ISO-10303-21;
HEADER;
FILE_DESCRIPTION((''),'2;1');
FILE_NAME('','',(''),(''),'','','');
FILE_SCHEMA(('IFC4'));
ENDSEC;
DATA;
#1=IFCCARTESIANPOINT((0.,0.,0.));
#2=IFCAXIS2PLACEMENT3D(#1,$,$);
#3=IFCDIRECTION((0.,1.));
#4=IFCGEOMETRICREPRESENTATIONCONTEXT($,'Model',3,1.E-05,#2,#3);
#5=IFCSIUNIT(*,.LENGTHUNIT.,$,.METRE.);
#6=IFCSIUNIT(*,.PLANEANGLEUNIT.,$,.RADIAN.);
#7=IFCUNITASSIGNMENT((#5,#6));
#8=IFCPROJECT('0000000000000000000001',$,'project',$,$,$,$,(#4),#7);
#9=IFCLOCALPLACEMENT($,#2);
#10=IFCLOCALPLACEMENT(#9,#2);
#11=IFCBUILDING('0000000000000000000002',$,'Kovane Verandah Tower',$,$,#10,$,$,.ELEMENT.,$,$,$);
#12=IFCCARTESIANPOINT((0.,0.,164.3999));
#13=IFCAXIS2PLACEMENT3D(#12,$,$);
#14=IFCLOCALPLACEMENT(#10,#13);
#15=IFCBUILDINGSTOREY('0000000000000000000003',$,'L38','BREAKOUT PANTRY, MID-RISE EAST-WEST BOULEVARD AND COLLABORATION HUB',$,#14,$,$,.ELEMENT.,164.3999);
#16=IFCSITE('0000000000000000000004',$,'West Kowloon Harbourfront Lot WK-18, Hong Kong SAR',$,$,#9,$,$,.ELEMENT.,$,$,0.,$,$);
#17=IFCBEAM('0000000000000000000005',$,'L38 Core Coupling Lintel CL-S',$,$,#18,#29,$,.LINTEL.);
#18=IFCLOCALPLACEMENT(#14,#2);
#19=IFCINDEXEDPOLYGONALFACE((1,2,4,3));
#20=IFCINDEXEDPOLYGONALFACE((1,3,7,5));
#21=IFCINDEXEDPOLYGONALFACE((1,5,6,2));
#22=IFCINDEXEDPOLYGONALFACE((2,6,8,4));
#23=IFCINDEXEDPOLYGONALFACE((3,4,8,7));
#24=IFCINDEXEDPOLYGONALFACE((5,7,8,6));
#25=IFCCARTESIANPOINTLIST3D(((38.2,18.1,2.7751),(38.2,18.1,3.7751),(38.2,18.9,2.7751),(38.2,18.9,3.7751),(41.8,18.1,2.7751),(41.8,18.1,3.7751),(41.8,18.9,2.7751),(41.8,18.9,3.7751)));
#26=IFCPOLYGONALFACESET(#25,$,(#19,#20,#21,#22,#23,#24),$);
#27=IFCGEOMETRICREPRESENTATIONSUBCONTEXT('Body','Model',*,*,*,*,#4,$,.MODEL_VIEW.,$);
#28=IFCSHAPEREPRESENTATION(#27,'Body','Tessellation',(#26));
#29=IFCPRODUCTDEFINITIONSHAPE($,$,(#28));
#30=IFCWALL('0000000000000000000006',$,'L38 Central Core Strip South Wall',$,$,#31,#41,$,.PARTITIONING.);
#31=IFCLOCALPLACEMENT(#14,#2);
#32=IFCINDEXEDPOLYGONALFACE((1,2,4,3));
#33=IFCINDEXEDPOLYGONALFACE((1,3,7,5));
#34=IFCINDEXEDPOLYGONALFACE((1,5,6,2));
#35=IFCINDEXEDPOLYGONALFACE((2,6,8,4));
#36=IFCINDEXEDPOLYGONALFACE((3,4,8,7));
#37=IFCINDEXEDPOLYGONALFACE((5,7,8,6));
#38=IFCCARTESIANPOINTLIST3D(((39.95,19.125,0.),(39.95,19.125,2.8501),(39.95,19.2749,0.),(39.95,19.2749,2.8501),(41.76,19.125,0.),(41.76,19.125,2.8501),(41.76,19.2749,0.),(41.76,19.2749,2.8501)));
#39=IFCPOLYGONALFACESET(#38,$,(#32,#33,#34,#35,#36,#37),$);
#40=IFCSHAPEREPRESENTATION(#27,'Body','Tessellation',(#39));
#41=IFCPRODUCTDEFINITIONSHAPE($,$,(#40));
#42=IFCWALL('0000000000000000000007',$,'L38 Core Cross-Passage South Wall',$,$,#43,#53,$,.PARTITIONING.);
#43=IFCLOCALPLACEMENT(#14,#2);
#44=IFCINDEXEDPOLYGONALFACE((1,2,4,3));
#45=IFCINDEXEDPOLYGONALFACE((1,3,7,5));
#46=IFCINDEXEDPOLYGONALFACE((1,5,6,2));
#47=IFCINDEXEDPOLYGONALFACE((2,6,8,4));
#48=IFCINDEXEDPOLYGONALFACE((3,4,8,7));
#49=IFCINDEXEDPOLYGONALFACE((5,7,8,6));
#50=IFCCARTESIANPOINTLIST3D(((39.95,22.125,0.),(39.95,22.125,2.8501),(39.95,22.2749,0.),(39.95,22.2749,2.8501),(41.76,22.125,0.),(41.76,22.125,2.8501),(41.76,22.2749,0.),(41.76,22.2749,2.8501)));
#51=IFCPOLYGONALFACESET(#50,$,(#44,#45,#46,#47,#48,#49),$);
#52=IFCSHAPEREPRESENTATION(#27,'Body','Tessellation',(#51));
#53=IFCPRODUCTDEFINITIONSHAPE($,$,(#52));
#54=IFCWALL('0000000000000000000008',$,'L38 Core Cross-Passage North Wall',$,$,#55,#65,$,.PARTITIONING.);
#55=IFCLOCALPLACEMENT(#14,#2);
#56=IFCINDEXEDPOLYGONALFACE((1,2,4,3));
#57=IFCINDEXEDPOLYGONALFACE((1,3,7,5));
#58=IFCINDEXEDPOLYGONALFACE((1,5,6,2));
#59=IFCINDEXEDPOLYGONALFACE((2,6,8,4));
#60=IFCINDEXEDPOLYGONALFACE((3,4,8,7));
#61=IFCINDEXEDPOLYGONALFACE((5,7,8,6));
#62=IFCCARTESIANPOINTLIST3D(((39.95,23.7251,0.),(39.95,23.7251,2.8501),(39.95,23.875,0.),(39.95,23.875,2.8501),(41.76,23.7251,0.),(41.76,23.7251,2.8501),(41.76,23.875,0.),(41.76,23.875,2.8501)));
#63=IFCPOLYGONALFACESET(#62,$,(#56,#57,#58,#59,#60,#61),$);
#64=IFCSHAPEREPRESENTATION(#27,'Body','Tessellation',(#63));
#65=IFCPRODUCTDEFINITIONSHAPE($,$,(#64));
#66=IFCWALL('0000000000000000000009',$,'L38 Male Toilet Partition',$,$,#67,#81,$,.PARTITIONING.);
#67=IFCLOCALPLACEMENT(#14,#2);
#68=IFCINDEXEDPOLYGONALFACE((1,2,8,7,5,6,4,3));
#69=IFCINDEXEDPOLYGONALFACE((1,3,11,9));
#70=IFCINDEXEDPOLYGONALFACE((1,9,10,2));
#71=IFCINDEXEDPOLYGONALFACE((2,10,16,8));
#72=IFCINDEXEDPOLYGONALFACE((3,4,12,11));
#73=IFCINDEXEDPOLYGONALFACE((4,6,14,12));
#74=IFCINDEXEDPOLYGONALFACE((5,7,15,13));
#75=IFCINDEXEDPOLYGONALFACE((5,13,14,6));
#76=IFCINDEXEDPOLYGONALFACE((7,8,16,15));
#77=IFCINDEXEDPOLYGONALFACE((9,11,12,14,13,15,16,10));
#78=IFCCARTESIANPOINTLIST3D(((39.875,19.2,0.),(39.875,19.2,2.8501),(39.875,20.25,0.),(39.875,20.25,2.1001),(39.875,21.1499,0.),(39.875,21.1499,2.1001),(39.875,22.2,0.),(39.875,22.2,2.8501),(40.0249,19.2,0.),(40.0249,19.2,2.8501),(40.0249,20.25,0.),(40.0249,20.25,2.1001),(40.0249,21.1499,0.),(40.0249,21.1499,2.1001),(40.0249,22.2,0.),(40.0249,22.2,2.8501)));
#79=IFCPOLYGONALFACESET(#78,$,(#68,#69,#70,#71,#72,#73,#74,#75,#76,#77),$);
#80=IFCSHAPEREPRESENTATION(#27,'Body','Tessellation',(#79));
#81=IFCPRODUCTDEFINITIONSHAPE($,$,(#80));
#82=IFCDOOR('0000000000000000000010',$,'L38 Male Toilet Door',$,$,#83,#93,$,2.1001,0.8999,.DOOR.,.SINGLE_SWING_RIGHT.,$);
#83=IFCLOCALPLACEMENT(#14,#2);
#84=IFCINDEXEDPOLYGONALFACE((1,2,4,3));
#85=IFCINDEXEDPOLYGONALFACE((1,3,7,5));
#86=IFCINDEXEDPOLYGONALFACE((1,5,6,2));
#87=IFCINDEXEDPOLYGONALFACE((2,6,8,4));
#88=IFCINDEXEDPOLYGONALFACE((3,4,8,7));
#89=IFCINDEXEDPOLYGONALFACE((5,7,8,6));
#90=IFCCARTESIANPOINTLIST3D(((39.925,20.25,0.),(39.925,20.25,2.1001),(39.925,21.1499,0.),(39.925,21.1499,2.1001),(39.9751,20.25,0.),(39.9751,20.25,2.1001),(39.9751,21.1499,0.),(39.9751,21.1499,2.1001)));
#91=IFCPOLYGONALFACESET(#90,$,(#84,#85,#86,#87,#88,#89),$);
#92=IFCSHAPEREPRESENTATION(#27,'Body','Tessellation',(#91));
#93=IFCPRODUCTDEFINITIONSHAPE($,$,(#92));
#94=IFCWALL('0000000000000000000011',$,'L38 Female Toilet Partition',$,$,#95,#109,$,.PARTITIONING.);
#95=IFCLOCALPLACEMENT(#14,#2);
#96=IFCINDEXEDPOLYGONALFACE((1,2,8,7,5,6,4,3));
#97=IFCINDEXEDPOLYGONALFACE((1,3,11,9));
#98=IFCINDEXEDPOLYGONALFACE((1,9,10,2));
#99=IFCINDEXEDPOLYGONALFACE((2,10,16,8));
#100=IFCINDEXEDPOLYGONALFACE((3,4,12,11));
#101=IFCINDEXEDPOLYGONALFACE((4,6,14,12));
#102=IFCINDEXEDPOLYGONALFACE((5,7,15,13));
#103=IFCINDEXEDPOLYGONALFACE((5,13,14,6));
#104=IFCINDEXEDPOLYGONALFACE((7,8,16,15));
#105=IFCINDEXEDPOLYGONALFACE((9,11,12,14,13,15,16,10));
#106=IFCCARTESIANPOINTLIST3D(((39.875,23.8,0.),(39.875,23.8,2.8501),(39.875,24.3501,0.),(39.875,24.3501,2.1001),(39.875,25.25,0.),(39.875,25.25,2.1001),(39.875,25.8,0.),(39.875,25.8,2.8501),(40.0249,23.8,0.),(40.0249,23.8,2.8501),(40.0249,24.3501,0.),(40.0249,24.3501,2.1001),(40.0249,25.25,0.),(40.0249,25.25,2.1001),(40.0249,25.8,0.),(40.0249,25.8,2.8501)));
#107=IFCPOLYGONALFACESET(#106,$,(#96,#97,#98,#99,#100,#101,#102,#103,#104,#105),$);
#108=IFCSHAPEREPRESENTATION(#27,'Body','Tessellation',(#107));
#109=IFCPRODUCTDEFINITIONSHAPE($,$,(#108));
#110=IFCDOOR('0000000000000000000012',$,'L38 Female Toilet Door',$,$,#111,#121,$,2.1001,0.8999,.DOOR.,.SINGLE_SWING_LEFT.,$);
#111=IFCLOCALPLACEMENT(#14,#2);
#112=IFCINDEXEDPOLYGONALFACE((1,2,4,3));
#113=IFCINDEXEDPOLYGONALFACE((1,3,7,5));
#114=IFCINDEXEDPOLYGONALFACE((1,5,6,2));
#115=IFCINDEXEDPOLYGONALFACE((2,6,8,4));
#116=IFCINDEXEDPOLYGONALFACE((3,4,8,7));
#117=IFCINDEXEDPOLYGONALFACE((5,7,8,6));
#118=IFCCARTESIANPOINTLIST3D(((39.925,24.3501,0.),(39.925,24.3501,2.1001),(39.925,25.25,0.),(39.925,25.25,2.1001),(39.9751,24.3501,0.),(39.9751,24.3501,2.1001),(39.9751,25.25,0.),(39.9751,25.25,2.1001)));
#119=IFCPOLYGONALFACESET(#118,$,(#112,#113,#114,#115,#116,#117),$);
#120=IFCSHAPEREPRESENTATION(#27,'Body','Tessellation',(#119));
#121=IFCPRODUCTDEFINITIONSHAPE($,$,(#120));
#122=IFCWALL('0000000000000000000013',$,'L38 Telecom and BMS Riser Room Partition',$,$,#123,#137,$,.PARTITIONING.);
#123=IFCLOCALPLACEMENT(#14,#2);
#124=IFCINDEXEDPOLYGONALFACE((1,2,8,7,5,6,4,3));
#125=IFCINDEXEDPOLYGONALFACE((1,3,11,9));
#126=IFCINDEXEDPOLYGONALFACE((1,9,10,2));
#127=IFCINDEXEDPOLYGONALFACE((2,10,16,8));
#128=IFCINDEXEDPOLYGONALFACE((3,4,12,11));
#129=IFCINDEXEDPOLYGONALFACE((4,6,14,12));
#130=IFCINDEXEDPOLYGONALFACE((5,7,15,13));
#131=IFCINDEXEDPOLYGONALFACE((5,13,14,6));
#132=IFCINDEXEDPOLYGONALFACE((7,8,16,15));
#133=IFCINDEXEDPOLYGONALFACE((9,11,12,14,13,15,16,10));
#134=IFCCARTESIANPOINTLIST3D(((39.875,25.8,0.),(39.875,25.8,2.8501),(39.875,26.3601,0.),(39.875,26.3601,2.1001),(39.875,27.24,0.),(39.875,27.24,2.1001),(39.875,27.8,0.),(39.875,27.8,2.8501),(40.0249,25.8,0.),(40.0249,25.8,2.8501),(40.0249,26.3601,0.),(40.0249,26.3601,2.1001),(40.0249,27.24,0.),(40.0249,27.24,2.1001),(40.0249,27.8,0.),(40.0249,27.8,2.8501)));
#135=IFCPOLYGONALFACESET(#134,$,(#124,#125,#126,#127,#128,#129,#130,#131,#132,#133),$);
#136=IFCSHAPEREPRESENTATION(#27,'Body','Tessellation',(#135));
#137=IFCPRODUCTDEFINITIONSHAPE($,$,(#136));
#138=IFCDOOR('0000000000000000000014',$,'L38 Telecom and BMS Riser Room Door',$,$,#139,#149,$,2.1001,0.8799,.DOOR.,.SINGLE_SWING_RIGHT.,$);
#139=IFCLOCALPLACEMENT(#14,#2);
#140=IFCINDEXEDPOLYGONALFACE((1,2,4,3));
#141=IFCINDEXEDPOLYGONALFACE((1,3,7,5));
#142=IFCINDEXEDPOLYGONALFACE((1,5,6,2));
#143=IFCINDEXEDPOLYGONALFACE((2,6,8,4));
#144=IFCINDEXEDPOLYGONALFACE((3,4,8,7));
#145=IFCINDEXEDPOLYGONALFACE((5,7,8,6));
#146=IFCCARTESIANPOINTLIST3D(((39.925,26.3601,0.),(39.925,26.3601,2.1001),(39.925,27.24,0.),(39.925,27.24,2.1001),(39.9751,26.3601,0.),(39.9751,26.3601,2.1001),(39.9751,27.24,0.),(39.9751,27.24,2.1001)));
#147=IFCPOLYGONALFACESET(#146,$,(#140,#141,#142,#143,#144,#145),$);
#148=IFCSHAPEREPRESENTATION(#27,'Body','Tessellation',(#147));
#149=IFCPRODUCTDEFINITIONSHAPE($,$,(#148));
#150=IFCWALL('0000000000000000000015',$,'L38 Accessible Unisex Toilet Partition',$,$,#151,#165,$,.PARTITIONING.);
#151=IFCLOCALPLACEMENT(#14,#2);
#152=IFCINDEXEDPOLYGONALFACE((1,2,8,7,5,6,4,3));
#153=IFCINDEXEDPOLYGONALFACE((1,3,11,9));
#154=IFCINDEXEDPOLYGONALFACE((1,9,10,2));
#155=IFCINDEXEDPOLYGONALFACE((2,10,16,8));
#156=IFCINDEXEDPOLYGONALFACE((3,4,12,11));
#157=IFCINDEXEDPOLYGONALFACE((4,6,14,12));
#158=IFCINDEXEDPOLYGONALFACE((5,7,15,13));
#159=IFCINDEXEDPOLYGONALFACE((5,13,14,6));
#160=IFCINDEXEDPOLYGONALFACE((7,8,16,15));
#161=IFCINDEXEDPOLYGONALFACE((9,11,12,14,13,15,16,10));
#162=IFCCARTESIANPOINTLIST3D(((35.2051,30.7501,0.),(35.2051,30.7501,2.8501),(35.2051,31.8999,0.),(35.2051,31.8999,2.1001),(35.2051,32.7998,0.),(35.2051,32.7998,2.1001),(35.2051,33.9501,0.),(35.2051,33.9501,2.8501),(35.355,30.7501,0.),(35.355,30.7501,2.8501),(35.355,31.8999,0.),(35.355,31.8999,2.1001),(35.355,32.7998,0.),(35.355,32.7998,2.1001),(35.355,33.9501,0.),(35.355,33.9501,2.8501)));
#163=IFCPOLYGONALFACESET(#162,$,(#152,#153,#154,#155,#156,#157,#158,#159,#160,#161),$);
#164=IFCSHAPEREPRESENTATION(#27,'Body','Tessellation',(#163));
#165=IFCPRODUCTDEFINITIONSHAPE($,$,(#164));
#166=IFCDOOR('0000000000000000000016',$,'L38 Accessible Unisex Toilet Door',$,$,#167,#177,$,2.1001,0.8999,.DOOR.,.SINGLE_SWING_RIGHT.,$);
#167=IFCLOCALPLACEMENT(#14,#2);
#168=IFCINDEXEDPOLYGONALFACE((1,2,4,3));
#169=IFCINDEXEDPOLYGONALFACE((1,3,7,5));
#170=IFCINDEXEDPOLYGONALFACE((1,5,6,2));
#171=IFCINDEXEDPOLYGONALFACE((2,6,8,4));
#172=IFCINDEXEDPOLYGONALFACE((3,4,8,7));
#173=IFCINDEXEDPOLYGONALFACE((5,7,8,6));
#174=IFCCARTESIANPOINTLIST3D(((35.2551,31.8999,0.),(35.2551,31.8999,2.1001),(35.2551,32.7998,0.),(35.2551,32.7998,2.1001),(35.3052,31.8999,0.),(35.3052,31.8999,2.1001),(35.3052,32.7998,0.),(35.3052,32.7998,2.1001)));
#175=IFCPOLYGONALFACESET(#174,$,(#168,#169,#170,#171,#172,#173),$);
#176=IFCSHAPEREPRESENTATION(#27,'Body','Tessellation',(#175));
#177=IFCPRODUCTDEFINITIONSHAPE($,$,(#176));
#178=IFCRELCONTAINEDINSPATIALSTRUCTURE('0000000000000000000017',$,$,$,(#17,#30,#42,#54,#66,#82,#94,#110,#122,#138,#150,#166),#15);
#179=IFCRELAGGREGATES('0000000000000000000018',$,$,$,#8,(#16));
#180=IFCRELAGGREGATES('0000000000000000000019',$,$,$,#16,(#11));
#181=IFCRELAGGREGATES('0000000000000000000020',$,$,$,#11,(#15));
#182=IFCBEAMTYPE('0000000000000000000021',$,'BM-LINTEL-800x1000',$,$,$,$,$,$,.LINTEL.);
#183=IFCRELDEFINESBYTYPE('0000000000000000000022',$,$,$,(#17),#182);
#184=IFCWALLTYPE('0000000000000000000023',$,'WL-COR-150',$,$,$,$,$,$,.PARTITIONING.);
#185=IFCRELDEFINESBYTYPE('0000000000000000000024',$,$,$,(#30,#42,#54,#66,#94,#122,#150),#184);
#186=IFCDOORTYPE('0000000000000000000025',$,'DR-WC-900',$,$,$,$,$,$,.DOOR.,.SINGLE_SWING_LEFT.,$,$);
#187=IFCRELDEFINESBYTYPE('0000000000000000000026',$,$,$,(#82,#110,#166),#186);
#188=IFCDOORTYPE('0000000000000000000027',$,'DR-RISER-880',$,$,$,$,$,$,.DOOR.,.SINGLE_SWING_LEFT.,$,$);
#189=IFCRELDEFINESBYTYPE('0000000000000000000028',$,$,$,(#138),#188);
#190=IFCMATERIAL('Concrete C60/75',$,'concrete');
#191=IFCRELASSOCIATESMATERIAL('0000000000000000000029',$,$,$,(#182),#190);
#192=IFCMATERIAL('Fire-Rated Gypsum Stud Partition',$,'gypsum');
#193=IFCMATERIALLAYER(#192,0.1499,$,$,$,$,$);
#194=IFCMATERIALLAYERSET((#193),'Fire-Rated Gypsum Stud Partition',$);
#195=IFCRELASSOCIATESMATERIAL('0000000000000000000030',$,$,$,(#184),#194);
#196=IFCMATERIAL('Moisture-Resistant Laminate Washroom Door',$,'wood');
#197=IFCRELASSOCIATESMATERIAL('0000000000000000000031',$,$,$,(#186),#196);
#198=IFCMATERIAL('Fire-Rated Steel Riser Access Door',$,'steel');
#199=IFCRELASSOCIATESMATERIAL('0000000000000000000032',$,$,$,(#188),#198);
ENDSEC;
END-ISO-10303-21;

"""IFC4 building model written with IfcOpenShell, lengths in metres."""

from ifc_helpers import new_model, si_unit, direction, frame, frame_2d, origin, origin_2d, place, context, subcontext, project, spatial, rectangle, extrude, material, layer, layer_set, material_profile, profile_set, type_object, element, fill, save


model = new_model("IFC4")

# Units and contexts
model_context = context("Model", 3, precision=1e-05, world=origin(), true_north=direction((0.0, 1.0)))
body_context = subcontext(model_context, "Body", "Model", "MODEL_VIEW")
ifc_project = project(units=[si_unit("LENGTHUNIT", "METRE"), si_unit("PLANEANGLEUNIT", "RADIAN")], contexts=[model_context])

# Site, building, storey
site_placement = place(None, origin())
site = spatial("IfcSite", under=ifc_project, at=site_placement, Name="West Kowloon Harbourfront Lot WK-18, Hong Kong SAR", CompositionType="ELEMENT", RefElevation=0.0)
building_placement = place(site_placement, origin())
building = spatial("IfcBuilding", under=site, at=building_placement, Name="Kovane Verandah Tower", CompositionType="ELEMENT")
storey_placement = place(building_placement, frame((0.0, 0.0, 164.3999)))
storey = spatial("IfcBuildingStorey", under=building, at=storey_placement, Name="L38", Description="BREAKOUT PANTRY, MID-RISE EAST-WEST BOULEVARD AND COLLABORATION HUB", CompositionType="ELEMENT", Elevation=164.3999)

# Beam
ifc_material_1 = material(Name="Concrete C60/75", Category="concrete")
ifc_material_profile = material_profile(ifc_material_1, rectangle(XDim=0.8, YDim=1.0, at=origin_2d()), Name="RCB800x1000")
ifc_profile_set = profile_set([ifc_material_profile], Name="Concrete C60/75")
beam_type = type_object("IfcBeamType", Name="BM-LINTEL-800x1000", PredefinedType="LINTEL", material=ifc_profile_set)
beam_placement = place(storey_placement, frame((38.2, 18.5, 3.2751), z_axis=(1.0, 0.0, 0.0), x_axis=(0.0, 1.0, 0.0)))
element("IfcBeam", 1, at=beam_placement, inside=storey, type_object=beam_type, Name="L38 Core Coupling Lintel CL-S", PredefinedType="LINTEL", context=body_context, shape_type="SweptSolid", body=[
    extrude(rectangle(XDim=0.8, YDim=1.0, at=origin_2d()), origin(), (0.0, 0.0, 1.0), 3.6001),
])

# Walls
ifc_material_2 = material(Name="Fire-Rated Gypsum Stud Partition", Category="gypsum")
ifc_layer_1 = layer(ifc_material_2, 0.1499)
ifc_layer_set_1 = layer_set([ifc_layer_1], Name="Fire-Rated Gypsum Stud Partition")
wall_type_1 = type_object("IfcWallType", Name="WL-COR-150", PredefinedType="PARTITIONING", material=ifc_layer_set_1)
for number, where, z_axis, x_axis, name in (
    (2, (39.95, 19.2, 0.0), (0.0, 0.0, 1.0), (1.0, 0.0, 0.0), "L38 Central Core Strip South Wall"),
    (3, (39.95, 22.2, 0.0), (0.0, 0.0, 1.0), (1.0, 0.0, 0.0), "L38 Core Cross-Passage South Wall"),
    (4, (39.95, 23.8, 0.0), (0.0, 0.0, 1.0), (1.0, 0.0, 0.0), "L38 Core Cross-Passage North Wall"),
):
    element("IfcWall", number, at=place(storey_placement, frame(where, z_axis=z_axis, x_axis=x_axis)), inside=storey, type_object=wall_type_1, Name=name, PredefinedType="PARTITIONING", context=body_context, shape_type="SweptSolid", body=[
        extrude(rectangle(XDim=1.8101, YDim=0.1499, at=frame_2d((0.905, 0.0))), origin(), (0.0, 0.0, 1.0), 2.8501),
    ])

# Walls, openings, doors
wall_1_placement = place(storey_placement, frame((39.95, 19.2, 0.0), z_axis=(0.0, 0.0, 1.0), x_axis=(0.0, 1.0, 0.0)))
wall_1 = element("IfcWall", 5, at=wall_1_placement, inside=storey, type_object=wall_type_1, Name="L38 Male Toilet Partition", PredefinedType="PARTITIONING", context=body_context, shape_type="SweptSolid", body=[
    extrude(rectangle(XDim=3.0, YDim=0.1499, at=frame_2d((1.5, 0.0))), origin(), (0.0, 0.0, 1.0), 2.8501),
])
opening_1_placement = place(wall_1_placement, frame((1.05, 0.0, 0.0)))
opening_1 = element("IfcOpeningElement", 6, at=opening_1_placement, cuts=wall_1, PredefinedType="OPENING", context=body_context, shape_type="SweptSolid", body=[
    extrude(rectangle(XDim=0.8999, YDim=2.1001, at=frame_2d((0.45, 1.05))), frame((0.0, 0.075, 0.0), z_axis=(0.0, -1.0, 0.0), x_axis=(1.0, 0.0, 0.0)), (0.0, 0.0, 1.0), 0.1499),
])
ifc_material_3 = material(Name="Moisture-Resistant Laminate Washroom Door", Category="wood")
door_type_1 = type_object("IfcDoorType", Name="DR-WC-900", OperationType="SINGLE_SWING_LEFT", PredefinedType="DOOR", material=ifc_material_3)
door_1_placement = place(opening_1_placement, origin())
door_1 = element("IfcDoor", 7, at=door_1_placement, inside=storey, type_object=door_type_1, Name="L38 Male Toilet Door", OperationType="SINGLE_SWING_RIGHT", OverallHeight=2.1001, OverallWidth=0.8999, PredefinedType="DOOR", context=body_context, shape_type="SweptSolid", body=[
    extrude(rectangle(XDim=0.8999, YDim=2.1001, at=frame_2d((0.45, 1.05))), frame((0.0, 0.0249, 0.0), z_axis=(0.0, -1.0, 0.0), x_axis=(1.0, 0.0, 0.0)), (0.0, 0.0, 1.0), 0.05),
])
fill(opening_1, door_1)
wall_2_placement = place(storey_placement, frame((39.95, 23.8, 0.0), z_axis=(0.0, 0.0, 1.0), x_axis=(0.0, 1.0, 0.0)))
wall_2 = element("IfcWall", 8, at=wall_2_placement, inside=storey, type_object=wall_type_1, Name="L38 Female Toilet Partition", PredefinedType="PARTITIONING", context=body_context, shape_type="SweptSolid", body=[
    extrude(rectangle(XDim=2.0, YDim=0.1499, at=frame_2d((1.0, 0.0))), origin(), (0.0, 0.0, 1.0), 2.8501),
])
opening_2_placement = place(wall_2_placement, frame((0.55, 0.0, 0.0)))
opening_2 = element("IfcOpeningElement", 9, at=opening_2_placement, cuts=wall_2, PredefinedType="OPENING", context=body_context, shape_type="SweptSolid", body=[
    extrude(rectangle(XDim=0.8999, YDim=2.1001, at=frame_2d((0.45, 1.05))), frame((0.0, 0.075, 0.0), z_axis=(0.0, -1.0, 0.0), x_axis=(1.0, 0.0, 0.0)), (0.0, 0.0, 1.0), 0.1499),
])
door_2_placement = place(opening_2_placement, origin())
door_2 = element("IfcDoor", 10, at=door_2_placement, inside=storey, type_object=door_type_1, Name="L38 Female Toilet Door", OperationType="SINGLE_SWING_LEFT", OverallHeight=2.1001, OverallWidth=0.8999, PredefinedType="DOOR", context=body_context, shape_type="SweptSolid", body=[
    extrude(rectangle(XDim=0.8999, YDim=2.1001, at=frame_2d((0.45, 1.05))), frame((0.0, 0.0249, 0.0), z_axis=(0.0, -1.0, 0.0), x_axis=(1.0, 0.0, 0.0)), (0.0, 0.0, 1.0), 0.05),
])
fill(opening_2, door_2)
wall_3_placement = place(storey_placement, frame((39.95, 25.8, 0.0), z_axis=(0.0, 0.0, 1.0), x_axis=(0.0, 1.0, 0.0)))
wall_3 = element("IfcWall", 11, at=wall_3_placement, inside=storey, type_object=wall_type_1, Name="L38 Telecom and BMS Riser Room Partition", PredefinedType="PARTITIONING", context=body_context, shape_type="SweptSolid", body=[
    extrude(rectangle(XDim=2.0, YDim=0.1499, at=frame_2d((1.0, 0.0))), origin(), (0.0, 0.0, 1.0), 2.8501),
])
opening_3_placement = place(wall_3_placement, frame((0.5601, 0.0, 0.0)))
opening_3 = element("IfcOpeningElement", 12, at=opening_3_placement, cuts=wall_3, PredefinedType="OPENING", context=body_context, shape_type="SweptSolid", body=[
    extrude(rectangle(XDim=0.8799, YDim=2.1001, at=frame_2d((0.4399, 1.05))), frame((0.0, 0.075, 0.0), z_axis=(0.0, -1.0, 0.0), x_axis=(1.0, 0.0, 0.0)), (0.0, 0.0, 1.0), 0.1499),
])
ifc_material_4 = material(Name="Fire-Rated Steel Riser Access Door", Category="steel")
door_type_2 = type_object("IfcDoorType", Name="DR-RISER-880", OperationType="SINGLE_SWING_LEFT", PredefinedType="DOOR", material=ifc_material_4)
door_3_placement = place(opening_3_placement, origin())
door_3 = element("IfcDoor", 13, at=door_3_placement, inside=storey, type_object=door_type_2, Name="L38 Telecom and BMS Riser Room Door", OperationType="SINGLE_SWING_RIGHT", OverallHeight=2.1001, OverallWidth=0.8799, PredefinedType="DOOR", context=body_context, shape_type="SweptSolid", body=[
    extrude(rectangle(XDim=0.8799, YDim=2.1001, at=frame_2d((0.4399, 1.05))), frame((0.0, 0.0249, 0.0), z_axis=(0.0, -1.0, 0.0), x_axis=(1.0, 0.0, 0.0)), (0.0, 0.0, 1.0), 0.05),
])
fill(opening_3, door_3)
wall_4_placement = place(storey_placement, frame((35.28, 30.75, 0.0), z_axis=(0.0, 0.0, 1.0), x_axis=(0.0, 1.0, 0.0)))
wall_4 = element("IfcWall", 14, at=wall_4_placement, inside=storey, type_object=wall_type_1, Name="L38 Accessible Unisex Toilet Partition", PredefinedType="PARTITIONING", context=body_context, shape_type="SweptSolid", body=[
    extrude(rectangle(XDim=3.2, YDim=0.1499, at=frame_2d((1.6001, 0.0))), origin(), (0.0, 0.0, 1.0), 2.8501),
])
opening_4_placement = place(wall_4_placement, frame((1.1499, 0.0, 0.0)))
opening_4 = element("IfcOpeningElement", 15, at=opening_4_placement, cuts=wall_4, PredefinedType="OPENING", context=body_context, shape_type="SweptSolid", body=[
    extrude(rectangle(XDim=0.8999, YDim=2.1001, at=frame_2d((0.45, 1.05))), frame((0.0, 0.075, 0.0), z_axis=(0.0, -1.0, 0.0), x_axis=(1.0, 0.0, 0.0)), (0.0, 0.0, 1.0), 0.1499),
])
door_4_placement = place(opening_4_placement, origin())
door_4 = element("IfcDoor", 16, at=door_4_placement, inside=storey, type_object=door_type_1, Name="L38 Accessible Unisex Toilet Door", OperationType="SINGLE_SWING_RIGHT", OverallHeight=2.1001, OverallWidth=0.8999, PredefinedType="DOOR", context=body_context, shape_type="SweptSolid", body=[
    extrude(rectangle(XDim=0.8999, YDim=2.1001, at=frame_2d((0.45, 1.05))), frame((0.0, 0.0249, 0.0), z_axis=(0.0, -1.0, 0.0), x_axis=(1.0, 0.0, 0.0)), (0.0, 0.0, 1.0), 0.05),
])
fill(opening_4, door_4)

save(model, "model.ifc")
